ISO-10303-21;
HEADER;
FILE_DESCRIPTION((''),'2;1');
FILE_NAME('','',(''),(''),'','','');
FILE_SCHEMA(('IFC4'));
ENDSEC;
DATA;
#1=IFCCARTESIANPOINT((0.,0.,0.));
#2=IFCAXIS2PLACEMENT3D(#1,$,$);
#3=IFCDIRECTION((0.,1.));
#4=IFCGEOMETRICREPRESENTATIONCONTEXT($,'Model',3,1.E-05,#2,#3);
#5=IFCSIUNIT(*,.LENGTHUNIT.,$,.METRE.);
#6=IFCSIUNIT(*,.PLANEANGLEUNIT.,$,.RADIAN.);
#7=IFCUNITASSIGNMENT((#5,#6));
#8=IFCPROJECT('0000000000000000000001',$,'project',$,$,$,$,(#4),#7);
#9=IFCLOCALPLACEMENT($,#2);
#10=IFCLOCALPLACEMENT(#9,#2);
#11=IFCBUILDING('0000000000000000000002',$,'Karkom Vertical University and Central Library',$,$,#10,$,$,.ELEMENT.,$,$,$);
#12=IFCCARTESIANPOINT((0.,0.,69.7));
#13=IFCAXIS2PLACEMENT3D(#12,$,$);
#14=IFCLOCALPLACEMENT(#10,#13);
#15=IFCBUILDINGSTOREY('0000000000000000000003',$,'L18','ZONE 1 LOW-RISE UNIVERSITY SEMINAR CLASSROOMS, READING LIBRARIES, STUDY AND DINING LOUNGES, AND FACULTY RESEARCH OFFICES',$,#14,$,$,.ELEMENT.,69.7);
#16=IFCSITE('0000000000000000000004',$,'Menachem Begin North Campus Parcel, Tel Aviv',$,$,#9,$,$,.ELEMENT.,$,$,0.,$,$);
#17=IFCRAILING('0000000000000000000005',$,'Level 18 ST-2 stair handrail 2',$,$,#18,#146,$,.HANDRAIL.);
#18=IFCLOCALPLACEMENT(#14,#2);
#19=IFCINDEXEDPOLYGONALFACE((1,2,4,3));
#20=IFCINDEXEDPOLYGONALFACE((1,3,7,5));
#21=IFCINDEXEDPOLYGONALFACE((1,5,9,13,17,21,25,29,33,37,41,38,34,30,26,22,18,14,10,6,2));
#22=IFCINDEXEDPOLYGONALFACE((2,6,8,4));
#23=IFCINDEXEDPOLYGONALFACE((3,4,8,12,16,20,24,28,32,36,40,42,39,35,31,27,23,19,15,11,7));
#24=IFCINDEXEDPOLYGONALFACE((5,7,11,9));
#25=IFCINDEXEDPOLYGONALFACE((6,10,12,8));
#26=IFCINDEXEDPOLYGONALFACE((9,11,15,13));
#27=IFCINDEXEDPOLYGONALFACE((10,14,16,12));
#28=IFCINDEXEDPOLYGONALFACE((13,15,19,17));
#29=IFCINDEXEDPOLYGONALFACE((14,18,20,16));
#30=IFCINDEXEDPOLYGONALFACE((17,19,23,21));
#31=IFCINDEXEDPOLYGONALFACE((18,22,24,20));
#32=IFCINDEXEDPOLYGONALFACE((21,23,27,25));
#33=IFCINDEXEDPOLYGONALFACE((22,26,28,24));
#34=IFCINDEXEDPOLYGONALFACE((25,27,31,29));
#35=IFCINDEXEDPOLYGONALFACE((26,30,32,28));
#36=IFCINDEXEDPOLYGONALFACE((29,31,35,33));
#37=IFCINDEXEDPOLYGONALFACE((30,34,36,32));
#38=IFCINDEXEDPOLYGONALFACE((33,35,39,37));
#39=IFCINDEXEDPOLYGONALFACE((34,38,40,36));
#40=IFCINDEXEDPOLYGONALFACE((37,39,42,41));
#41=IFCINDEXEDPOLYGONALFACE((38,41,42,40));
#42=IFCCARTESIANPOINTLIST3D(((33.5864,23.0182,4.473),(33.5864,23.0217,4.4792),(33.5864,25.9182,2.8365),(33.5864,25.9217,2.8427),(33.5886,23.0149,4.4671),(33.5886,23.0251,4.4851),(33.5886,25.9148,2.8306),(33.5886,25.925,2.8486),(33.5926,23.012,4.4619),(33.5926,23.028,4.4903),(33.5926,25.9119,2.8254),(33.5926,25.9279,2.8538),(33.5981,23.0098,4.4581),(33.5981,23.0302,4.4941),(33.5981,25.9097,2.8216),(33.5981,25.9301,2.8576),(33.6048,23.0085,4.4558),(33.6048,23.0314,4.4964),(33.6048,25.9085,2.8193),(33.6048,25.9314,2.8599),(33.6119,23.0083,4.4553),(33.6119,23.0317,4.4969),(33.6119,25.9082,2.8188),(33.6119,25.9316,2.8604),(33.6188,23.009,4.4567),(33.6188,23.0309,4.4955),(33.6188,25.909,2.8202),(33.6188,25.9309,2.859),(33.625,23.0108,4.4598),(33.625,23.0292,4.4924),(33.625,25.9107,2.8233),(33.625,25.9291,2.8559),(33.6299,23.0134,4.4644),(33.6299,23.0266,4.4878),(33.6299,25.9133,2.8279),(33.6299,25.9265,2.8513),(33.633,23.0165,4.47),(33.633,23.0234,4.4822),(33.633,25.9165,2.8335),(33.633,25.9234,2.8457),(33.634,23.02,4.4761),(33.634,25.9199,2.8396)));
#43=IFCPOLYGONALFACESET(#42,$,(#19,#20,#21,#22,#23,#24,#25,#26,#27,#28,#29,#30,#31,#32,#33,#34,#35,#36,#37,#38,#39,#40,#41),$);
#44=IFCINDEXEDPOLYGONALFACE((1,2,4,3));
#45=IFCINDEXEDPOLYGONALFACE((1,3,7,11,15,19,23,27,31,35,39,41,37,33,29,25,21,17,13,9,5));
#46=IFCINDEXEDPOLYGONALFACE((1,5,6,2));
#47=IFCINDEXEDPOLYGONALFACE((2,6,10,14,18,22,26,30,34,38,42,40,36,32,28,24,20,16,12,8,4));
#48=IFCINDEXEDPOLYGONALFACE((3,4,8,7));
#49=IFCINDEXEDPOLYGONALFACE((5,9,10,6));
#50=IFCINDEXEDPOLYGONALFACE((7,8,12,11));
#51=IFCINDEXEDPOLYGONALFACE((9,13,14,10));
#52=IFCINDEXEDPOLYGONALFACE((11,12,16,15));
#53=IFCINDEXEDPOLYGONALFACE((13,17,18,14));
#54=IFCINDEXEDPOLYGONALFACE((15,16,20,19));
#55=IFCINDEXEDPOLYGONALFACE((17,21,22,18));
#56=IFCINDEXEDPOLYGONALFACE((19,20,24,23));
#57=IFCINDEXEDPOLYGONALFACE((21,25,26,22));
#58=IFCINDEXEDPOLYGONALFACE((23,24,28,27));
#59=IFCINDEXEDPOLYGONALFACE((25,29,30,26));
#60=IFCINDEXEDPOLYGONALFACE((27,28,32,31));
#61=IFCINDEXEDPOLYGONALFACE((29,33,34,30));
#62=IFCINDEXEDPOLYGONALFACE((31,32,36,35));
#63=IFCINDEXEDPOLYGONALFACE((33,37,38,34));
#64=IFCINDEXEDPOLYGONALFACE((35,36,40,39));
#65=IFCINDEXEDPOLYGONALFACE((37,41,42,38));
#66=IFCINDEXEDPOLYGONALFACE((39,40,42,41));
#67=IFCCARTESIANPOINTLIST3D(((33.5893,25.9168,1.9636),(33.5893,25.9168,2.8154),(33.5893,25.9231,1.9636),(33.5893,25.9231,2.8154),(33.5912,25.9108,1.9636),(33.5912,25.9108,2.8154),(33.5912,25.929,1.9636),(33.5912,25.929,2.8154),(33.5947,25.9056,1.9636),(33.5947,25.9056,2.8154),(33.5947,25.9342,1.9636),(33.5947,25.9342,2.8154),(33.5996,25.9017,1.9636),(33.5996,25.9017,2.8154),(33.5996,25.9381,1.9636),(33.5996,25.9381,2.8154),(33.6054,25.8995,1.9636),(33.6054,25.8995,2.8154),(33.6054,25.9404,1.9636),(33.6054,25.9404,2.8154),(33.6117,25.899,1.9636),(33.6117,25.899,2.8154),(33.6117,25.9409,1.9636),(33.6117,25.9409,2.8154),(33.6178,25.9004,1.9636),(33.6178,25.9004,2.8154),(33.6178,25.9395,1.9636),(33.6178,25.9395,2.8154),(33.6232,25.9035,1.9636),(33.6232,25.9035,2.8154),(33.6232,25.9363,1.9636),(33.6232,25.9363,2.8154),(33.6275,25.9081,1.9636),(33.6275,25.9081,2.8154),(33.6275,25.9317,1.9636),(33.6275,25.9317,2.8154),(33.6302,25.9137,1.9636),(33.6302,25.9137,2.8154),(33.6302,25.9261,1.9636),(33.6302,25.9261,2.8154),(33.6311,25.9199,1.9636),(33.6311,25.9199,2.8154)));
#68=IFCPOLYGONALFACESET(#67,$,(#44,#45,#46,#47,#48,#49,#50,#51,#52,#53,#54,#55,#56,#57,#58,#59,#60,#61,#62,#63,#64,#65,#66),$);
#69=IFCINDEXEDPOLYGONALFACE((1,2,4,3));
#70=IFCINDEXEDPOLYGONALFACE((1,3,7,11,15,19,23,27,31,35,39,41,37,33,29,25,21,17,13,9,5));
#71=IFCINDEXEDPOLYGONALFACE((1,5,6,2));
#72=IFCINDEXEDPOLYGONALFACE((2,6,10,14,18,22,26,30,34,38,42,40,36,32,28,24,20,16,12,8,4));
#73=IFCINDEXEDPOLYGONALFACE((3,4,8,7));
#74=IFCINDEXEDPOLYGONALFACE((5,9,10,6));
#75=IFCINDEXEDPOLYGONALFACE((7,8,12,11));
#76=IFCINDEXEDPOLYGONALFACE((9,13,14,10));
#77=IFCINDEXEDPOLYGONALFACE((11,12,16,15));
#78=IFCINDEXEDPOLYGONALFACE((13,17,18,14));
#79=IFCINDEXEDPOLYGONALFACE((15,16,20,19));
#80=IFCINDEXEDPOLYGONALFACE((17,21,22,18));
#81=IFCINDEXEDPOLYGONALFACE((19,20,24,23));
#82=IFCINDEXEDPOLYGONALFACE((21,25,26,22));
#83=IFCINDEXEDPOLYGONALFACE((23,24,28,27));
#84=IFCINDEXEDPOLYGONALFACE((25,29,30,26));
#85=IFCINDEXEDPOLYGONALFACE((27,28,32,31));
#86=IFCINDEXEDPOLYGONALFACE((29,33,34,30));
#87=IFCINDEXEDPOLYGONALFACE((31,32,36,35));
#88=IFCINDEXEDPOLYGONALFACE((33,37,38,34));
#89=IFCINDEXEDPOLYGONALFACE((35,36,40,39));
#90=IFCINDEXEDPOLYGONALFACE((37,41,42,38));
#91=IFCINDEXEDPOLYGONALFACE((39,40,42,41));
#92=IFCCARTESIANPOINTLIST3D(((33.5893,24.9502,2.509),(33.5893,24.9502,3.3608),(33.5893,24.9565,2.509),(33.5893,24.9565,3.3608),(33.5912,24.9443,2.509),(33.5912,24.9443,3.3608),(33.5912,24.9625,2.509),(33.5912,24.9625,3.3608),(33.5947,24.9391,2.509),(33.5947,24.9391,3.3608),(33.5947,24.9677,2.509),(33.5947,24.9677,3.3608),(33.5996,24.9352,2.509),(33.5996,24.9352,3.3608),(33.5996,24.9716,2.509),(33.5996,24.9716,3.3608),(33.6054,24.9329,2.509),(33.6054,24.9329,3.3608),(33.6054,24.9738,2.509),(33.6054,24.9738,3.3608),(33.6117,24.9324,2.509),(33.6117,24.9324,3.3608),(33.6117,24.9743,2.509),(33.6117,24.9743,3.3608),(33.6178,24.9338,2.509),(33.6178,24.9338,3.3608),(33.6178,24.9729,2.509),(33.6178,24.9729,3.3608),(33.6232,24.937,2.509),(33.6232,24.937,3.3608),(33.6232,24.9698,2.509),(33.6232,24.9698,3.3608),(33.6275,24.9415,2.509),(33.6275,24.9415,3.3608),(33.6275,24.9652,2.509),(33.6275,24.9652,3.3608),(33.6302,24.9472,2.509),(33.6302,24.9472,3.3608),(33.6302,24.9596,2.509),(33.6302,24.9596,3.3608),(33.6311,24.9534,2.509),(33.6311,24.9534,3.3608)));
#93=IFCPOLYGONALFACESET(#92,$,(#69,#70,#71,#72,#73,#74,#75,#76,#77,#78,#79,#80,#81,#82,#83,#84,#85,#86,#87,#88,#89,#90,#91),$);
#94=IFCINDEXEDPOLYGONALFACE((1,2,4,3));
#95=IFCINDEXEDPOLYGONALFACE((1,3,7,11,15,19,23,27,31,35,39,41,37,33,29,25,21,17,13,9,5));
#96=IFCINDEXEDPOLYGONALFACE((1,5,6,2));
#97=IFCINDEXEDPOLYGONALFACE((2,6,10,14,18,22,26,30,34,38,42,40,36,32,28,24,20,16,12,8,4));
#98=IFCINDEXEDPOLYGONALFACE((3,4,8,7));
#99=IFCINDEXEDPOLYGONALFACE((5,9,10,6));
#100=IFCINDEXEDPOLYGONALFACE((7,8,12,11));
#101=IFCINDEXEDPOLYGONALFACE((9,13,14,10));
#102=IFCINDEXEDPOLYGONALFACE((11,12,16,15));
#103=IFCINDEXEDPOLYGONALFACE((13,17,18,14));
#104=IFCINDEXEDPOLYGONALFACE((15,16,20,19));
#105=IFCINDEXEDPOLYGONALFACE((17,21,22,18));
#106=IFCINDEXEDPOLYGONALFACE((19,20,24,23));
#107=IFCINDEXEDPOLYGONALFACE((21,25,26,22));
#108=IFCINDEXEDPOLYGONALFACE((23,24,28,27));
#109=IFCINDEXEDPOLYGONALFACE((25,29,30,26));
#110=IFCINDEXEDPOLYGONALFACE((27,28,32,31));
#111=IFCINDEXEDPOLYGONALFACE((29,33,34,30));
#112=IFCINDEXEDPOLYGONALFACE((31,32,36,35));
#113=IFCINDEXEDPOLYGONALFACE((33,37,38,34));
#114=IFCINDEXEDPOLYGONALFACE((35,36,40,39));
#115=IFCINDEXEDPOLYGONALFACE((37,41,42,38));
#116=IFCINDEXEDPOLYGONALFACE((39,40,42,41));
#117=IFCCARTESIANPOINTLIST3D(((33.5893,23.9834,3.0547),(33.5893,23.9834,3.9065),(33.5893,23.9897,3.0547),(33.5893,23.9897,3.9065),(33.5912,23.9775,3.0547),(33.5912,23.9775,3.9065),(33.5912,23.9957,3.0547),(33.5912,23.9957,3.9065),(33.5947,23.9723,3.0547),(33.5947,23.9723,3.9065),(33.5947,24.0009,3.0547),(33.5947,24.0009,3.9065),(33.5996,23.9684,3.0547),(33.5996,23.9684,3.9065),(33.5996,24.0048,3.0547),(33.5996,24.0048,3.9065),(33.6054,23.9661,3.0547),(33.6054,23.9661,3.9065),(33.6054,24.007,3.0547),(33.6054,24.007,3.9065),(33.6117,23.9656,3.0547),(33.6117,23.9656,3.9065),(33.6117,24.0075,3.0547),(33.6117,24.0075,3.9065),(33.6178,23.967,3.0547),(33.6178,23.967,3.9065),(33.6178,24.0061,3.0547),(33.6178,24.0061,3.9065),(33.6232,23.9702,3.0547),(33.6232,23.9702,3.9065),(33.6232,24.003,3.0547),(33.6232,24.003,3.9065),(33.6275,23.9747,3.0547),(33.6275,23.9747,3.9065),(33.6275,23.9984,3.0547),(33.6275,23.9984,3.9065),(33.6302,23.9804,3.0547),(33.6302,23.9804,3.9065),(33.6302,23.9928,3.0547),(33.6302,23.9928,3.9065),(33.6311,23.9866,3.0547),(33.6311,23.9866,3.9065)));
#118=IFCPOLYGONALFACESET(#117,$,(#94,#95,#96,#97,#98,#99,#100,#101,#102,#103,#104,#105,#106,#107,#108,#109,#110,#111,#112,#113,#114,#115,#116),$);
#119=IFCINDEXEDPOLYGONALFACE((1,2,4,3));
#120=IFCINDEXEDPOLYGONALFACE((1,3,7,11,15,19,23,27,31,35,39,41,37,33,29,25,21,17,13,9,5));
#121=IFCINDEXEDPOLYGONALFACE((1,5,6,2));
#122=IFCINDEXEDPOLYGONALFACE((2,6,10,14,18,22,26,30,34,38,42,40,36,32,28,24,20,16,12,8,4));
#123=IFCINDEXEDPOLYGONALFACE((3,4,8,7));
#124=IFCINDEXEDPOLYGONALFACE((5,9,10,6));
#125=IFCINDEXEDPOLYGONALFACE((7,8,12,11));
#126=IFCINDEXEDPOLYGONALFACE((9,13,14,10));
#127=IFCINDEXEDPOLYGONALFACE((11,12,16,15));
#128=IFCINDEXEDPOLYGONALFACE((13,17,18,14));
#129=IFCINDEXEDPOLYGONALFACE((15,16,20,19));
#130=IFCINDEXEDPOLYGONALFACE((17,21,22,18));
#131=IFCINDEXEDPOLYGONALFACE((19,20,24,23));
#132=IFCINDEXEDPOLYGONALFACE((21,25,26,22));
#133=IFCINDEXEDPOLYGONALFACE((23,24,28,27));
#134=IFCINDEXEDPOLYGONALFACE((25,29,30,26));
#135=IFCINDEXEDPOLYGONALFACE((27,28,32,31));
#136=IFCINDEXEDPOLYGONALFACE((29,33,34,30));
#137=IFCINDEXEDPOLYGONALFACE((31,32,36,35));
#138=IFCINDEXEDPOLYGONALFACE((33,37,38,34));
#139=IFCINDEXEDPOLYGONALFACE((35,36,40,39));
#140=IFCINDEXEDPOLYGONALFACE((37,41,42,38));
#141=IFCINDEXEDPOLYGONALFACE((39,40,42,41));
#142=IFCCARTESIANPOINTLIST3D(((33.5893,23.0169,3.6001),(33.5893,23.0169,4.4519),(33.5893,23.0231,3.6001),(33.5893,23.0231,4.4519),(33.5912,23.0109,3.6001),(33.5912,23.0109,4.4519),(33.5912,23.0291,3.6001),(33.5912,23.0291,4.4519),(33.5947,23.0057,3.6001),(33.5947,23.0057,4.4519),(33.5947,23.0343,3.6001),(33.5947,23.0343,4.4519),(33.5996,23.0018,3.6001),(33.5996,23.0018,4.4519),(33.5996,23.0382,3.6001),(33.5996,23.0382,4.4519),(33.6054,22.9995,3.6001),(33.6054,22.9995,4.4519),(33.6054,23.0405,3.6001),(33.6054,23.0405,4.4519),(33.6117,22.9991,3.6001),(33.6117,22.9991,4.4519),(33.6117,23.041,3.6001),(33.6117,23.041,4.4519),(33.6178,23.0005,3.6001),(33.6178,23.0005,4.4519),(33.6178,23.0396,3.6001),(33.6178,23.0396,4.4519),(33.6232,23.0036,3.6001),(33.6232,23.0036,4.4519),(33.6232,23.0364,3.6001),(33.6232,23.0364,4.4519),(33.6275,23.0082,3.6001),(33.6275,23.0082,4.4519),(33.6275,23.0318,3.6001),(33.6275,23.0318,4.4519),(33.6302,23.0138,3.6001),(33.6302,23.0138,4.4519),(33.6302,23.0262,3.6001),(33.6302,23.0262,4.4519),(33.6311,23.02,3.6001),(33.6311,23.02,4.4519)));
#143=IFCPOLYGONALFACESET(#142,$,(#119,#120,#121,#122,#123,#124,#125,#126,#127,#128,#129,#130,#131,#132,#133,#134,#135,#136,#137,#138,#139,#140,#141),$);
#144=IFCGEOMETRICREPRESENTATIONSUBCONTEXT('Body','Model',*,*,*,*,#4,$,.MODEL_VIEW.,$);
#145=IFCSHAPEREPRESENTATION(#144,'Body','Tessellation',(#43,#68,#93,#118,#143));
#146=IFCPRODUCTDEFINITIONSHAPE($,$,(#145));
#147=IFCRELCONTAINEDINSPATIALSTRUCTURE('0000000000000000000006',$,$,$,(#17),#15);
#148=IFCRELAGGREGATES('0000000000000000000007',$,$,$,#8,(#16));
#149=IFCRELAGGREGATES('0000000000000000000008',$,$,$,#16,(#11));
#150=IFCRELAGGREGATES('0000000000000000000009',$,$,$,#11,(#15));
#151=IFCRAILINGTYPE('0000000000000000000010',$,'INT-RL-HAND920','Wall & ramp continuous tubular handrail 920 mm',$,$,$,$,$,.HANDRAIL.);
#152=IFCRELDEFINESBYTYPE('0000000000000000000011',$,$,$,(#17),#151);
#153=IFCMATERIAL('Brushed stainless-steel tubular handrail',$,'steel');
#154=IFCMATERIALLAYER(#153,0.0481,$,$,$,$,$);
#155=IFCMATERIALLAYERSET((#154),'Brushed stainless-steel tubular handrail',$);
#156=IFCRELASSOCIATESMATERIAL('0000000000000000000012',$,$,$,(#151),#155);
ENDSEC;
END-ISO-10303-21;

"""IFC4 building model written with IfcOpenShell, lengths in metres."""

from ifc_helpers import new_model, si_unit, direction, frame, origin, origin_2d, place, context, subcontext, project, spatial, circle, extrude, material, layer, layer_set, type_object, element, save


model = new_model("IFC4")

# Units and contexts
model_context = context("Model", 3, precision=1e-05, world=origin(), true_north=direction((0.0, 1.0)))
body_context = subcontext(model_context, "Body", "Model", "MODEL_VIEW")
ifc_project = project(units=[si_unit("LENGTHUNIT", "METRE"), si_unit("PLANEANGLEUNIT", "RADIAN")], contexts=[model_context])

# Site, building, storey
site_placement = place(None, origin())
site = spatial("IfcSite", under=ifc_project, at=site_placement, Name="Menachem Begin North Campus Parcel, Tel Aviv", CompositionType="ELEMENT", RefElevation=0.0)
building_placement = place(site_placement, origin())
building = spatial("IfcBuilding", under=site, at=building_placement, Name="Karkom Vertical University and Central Library", CompositionType="ELEMENT")
storey_placement = place(building_placement, frame((0.0, 0.0, 69.7)))
storey = spatial("IfcBuildingStorey", under=building, at=storey_placement, Name="L18", Description="ZONE 1 LOW-RISE UNIVERSITY SEMINAR CLASSROOMS, READING LIBRARIES, STUDY AND DINING LOUNGES, AND FACULTY RESEARCH OFFICES", CompositionType="ELEMENT", Elevation=69.7)

# Railing
ifc_material_1 = material(Name="Brushed stainless-steel tubular handrail", Category="steel")
ifc_layer_1 = layer(ifc_material_1, 0.0481)
ifc_layer_set_1 = layer_set([ifc_layer_1], Name="Brushed stainless-steel tubular handrail")
railing_type_1 = type_object("IfcRailingType", Name="INT-RL-HAND920", Description="Wall & ramp continuous tubular handrail 920 mm", PredefinedType="HANDRAIL", material=ifc_layer_set_1)
railing_1_placement = place(storey_placement, frame((33.6101, 25.9199, 1.9636)))
element("IfcRailing", 1, at=railing_1_placement, inside=storey, type_object=railing_type_1, Name="Level 18 ST-2 stair handrail 2", PredefinedType="HANDRAIL", context=body_context, shape_type="SweptSolid", body=[
    extrude(circle(Radius=0.0239, at=origin_2d()), frame((0.0, 0.0, 0.876), z_axis=(0.0, -0.870897, 0.491465), x_axis=(1.0, 0.0, 0.0)), (0.0, 0.0, 1.0), 3.3298),
    extrude(circle(Radius=0.021, at=origin_2d()), origin(), (0.0, 0.0, 1.0), 0.8518),
    extrude(circle(Radius=0.021, at=origin_2d()), frame((0.0, -0.9666, 0.5454)), (0.0, 0.0, 1.0), 0.8518),
    extrude(circle(Radius=0.021, at=origin_2d()), frame((0.0, -1.9333, 1.0911)), (0.0, 0.0, 1.0), 0.8518),
    extrude(circle(Radius=0.021, at=origin_2d()), frame((0.0, -2.8999, 1.6365)), (0.0, 0.0, 1.0), 0.8518),
])

save(model, "model.ifc")
